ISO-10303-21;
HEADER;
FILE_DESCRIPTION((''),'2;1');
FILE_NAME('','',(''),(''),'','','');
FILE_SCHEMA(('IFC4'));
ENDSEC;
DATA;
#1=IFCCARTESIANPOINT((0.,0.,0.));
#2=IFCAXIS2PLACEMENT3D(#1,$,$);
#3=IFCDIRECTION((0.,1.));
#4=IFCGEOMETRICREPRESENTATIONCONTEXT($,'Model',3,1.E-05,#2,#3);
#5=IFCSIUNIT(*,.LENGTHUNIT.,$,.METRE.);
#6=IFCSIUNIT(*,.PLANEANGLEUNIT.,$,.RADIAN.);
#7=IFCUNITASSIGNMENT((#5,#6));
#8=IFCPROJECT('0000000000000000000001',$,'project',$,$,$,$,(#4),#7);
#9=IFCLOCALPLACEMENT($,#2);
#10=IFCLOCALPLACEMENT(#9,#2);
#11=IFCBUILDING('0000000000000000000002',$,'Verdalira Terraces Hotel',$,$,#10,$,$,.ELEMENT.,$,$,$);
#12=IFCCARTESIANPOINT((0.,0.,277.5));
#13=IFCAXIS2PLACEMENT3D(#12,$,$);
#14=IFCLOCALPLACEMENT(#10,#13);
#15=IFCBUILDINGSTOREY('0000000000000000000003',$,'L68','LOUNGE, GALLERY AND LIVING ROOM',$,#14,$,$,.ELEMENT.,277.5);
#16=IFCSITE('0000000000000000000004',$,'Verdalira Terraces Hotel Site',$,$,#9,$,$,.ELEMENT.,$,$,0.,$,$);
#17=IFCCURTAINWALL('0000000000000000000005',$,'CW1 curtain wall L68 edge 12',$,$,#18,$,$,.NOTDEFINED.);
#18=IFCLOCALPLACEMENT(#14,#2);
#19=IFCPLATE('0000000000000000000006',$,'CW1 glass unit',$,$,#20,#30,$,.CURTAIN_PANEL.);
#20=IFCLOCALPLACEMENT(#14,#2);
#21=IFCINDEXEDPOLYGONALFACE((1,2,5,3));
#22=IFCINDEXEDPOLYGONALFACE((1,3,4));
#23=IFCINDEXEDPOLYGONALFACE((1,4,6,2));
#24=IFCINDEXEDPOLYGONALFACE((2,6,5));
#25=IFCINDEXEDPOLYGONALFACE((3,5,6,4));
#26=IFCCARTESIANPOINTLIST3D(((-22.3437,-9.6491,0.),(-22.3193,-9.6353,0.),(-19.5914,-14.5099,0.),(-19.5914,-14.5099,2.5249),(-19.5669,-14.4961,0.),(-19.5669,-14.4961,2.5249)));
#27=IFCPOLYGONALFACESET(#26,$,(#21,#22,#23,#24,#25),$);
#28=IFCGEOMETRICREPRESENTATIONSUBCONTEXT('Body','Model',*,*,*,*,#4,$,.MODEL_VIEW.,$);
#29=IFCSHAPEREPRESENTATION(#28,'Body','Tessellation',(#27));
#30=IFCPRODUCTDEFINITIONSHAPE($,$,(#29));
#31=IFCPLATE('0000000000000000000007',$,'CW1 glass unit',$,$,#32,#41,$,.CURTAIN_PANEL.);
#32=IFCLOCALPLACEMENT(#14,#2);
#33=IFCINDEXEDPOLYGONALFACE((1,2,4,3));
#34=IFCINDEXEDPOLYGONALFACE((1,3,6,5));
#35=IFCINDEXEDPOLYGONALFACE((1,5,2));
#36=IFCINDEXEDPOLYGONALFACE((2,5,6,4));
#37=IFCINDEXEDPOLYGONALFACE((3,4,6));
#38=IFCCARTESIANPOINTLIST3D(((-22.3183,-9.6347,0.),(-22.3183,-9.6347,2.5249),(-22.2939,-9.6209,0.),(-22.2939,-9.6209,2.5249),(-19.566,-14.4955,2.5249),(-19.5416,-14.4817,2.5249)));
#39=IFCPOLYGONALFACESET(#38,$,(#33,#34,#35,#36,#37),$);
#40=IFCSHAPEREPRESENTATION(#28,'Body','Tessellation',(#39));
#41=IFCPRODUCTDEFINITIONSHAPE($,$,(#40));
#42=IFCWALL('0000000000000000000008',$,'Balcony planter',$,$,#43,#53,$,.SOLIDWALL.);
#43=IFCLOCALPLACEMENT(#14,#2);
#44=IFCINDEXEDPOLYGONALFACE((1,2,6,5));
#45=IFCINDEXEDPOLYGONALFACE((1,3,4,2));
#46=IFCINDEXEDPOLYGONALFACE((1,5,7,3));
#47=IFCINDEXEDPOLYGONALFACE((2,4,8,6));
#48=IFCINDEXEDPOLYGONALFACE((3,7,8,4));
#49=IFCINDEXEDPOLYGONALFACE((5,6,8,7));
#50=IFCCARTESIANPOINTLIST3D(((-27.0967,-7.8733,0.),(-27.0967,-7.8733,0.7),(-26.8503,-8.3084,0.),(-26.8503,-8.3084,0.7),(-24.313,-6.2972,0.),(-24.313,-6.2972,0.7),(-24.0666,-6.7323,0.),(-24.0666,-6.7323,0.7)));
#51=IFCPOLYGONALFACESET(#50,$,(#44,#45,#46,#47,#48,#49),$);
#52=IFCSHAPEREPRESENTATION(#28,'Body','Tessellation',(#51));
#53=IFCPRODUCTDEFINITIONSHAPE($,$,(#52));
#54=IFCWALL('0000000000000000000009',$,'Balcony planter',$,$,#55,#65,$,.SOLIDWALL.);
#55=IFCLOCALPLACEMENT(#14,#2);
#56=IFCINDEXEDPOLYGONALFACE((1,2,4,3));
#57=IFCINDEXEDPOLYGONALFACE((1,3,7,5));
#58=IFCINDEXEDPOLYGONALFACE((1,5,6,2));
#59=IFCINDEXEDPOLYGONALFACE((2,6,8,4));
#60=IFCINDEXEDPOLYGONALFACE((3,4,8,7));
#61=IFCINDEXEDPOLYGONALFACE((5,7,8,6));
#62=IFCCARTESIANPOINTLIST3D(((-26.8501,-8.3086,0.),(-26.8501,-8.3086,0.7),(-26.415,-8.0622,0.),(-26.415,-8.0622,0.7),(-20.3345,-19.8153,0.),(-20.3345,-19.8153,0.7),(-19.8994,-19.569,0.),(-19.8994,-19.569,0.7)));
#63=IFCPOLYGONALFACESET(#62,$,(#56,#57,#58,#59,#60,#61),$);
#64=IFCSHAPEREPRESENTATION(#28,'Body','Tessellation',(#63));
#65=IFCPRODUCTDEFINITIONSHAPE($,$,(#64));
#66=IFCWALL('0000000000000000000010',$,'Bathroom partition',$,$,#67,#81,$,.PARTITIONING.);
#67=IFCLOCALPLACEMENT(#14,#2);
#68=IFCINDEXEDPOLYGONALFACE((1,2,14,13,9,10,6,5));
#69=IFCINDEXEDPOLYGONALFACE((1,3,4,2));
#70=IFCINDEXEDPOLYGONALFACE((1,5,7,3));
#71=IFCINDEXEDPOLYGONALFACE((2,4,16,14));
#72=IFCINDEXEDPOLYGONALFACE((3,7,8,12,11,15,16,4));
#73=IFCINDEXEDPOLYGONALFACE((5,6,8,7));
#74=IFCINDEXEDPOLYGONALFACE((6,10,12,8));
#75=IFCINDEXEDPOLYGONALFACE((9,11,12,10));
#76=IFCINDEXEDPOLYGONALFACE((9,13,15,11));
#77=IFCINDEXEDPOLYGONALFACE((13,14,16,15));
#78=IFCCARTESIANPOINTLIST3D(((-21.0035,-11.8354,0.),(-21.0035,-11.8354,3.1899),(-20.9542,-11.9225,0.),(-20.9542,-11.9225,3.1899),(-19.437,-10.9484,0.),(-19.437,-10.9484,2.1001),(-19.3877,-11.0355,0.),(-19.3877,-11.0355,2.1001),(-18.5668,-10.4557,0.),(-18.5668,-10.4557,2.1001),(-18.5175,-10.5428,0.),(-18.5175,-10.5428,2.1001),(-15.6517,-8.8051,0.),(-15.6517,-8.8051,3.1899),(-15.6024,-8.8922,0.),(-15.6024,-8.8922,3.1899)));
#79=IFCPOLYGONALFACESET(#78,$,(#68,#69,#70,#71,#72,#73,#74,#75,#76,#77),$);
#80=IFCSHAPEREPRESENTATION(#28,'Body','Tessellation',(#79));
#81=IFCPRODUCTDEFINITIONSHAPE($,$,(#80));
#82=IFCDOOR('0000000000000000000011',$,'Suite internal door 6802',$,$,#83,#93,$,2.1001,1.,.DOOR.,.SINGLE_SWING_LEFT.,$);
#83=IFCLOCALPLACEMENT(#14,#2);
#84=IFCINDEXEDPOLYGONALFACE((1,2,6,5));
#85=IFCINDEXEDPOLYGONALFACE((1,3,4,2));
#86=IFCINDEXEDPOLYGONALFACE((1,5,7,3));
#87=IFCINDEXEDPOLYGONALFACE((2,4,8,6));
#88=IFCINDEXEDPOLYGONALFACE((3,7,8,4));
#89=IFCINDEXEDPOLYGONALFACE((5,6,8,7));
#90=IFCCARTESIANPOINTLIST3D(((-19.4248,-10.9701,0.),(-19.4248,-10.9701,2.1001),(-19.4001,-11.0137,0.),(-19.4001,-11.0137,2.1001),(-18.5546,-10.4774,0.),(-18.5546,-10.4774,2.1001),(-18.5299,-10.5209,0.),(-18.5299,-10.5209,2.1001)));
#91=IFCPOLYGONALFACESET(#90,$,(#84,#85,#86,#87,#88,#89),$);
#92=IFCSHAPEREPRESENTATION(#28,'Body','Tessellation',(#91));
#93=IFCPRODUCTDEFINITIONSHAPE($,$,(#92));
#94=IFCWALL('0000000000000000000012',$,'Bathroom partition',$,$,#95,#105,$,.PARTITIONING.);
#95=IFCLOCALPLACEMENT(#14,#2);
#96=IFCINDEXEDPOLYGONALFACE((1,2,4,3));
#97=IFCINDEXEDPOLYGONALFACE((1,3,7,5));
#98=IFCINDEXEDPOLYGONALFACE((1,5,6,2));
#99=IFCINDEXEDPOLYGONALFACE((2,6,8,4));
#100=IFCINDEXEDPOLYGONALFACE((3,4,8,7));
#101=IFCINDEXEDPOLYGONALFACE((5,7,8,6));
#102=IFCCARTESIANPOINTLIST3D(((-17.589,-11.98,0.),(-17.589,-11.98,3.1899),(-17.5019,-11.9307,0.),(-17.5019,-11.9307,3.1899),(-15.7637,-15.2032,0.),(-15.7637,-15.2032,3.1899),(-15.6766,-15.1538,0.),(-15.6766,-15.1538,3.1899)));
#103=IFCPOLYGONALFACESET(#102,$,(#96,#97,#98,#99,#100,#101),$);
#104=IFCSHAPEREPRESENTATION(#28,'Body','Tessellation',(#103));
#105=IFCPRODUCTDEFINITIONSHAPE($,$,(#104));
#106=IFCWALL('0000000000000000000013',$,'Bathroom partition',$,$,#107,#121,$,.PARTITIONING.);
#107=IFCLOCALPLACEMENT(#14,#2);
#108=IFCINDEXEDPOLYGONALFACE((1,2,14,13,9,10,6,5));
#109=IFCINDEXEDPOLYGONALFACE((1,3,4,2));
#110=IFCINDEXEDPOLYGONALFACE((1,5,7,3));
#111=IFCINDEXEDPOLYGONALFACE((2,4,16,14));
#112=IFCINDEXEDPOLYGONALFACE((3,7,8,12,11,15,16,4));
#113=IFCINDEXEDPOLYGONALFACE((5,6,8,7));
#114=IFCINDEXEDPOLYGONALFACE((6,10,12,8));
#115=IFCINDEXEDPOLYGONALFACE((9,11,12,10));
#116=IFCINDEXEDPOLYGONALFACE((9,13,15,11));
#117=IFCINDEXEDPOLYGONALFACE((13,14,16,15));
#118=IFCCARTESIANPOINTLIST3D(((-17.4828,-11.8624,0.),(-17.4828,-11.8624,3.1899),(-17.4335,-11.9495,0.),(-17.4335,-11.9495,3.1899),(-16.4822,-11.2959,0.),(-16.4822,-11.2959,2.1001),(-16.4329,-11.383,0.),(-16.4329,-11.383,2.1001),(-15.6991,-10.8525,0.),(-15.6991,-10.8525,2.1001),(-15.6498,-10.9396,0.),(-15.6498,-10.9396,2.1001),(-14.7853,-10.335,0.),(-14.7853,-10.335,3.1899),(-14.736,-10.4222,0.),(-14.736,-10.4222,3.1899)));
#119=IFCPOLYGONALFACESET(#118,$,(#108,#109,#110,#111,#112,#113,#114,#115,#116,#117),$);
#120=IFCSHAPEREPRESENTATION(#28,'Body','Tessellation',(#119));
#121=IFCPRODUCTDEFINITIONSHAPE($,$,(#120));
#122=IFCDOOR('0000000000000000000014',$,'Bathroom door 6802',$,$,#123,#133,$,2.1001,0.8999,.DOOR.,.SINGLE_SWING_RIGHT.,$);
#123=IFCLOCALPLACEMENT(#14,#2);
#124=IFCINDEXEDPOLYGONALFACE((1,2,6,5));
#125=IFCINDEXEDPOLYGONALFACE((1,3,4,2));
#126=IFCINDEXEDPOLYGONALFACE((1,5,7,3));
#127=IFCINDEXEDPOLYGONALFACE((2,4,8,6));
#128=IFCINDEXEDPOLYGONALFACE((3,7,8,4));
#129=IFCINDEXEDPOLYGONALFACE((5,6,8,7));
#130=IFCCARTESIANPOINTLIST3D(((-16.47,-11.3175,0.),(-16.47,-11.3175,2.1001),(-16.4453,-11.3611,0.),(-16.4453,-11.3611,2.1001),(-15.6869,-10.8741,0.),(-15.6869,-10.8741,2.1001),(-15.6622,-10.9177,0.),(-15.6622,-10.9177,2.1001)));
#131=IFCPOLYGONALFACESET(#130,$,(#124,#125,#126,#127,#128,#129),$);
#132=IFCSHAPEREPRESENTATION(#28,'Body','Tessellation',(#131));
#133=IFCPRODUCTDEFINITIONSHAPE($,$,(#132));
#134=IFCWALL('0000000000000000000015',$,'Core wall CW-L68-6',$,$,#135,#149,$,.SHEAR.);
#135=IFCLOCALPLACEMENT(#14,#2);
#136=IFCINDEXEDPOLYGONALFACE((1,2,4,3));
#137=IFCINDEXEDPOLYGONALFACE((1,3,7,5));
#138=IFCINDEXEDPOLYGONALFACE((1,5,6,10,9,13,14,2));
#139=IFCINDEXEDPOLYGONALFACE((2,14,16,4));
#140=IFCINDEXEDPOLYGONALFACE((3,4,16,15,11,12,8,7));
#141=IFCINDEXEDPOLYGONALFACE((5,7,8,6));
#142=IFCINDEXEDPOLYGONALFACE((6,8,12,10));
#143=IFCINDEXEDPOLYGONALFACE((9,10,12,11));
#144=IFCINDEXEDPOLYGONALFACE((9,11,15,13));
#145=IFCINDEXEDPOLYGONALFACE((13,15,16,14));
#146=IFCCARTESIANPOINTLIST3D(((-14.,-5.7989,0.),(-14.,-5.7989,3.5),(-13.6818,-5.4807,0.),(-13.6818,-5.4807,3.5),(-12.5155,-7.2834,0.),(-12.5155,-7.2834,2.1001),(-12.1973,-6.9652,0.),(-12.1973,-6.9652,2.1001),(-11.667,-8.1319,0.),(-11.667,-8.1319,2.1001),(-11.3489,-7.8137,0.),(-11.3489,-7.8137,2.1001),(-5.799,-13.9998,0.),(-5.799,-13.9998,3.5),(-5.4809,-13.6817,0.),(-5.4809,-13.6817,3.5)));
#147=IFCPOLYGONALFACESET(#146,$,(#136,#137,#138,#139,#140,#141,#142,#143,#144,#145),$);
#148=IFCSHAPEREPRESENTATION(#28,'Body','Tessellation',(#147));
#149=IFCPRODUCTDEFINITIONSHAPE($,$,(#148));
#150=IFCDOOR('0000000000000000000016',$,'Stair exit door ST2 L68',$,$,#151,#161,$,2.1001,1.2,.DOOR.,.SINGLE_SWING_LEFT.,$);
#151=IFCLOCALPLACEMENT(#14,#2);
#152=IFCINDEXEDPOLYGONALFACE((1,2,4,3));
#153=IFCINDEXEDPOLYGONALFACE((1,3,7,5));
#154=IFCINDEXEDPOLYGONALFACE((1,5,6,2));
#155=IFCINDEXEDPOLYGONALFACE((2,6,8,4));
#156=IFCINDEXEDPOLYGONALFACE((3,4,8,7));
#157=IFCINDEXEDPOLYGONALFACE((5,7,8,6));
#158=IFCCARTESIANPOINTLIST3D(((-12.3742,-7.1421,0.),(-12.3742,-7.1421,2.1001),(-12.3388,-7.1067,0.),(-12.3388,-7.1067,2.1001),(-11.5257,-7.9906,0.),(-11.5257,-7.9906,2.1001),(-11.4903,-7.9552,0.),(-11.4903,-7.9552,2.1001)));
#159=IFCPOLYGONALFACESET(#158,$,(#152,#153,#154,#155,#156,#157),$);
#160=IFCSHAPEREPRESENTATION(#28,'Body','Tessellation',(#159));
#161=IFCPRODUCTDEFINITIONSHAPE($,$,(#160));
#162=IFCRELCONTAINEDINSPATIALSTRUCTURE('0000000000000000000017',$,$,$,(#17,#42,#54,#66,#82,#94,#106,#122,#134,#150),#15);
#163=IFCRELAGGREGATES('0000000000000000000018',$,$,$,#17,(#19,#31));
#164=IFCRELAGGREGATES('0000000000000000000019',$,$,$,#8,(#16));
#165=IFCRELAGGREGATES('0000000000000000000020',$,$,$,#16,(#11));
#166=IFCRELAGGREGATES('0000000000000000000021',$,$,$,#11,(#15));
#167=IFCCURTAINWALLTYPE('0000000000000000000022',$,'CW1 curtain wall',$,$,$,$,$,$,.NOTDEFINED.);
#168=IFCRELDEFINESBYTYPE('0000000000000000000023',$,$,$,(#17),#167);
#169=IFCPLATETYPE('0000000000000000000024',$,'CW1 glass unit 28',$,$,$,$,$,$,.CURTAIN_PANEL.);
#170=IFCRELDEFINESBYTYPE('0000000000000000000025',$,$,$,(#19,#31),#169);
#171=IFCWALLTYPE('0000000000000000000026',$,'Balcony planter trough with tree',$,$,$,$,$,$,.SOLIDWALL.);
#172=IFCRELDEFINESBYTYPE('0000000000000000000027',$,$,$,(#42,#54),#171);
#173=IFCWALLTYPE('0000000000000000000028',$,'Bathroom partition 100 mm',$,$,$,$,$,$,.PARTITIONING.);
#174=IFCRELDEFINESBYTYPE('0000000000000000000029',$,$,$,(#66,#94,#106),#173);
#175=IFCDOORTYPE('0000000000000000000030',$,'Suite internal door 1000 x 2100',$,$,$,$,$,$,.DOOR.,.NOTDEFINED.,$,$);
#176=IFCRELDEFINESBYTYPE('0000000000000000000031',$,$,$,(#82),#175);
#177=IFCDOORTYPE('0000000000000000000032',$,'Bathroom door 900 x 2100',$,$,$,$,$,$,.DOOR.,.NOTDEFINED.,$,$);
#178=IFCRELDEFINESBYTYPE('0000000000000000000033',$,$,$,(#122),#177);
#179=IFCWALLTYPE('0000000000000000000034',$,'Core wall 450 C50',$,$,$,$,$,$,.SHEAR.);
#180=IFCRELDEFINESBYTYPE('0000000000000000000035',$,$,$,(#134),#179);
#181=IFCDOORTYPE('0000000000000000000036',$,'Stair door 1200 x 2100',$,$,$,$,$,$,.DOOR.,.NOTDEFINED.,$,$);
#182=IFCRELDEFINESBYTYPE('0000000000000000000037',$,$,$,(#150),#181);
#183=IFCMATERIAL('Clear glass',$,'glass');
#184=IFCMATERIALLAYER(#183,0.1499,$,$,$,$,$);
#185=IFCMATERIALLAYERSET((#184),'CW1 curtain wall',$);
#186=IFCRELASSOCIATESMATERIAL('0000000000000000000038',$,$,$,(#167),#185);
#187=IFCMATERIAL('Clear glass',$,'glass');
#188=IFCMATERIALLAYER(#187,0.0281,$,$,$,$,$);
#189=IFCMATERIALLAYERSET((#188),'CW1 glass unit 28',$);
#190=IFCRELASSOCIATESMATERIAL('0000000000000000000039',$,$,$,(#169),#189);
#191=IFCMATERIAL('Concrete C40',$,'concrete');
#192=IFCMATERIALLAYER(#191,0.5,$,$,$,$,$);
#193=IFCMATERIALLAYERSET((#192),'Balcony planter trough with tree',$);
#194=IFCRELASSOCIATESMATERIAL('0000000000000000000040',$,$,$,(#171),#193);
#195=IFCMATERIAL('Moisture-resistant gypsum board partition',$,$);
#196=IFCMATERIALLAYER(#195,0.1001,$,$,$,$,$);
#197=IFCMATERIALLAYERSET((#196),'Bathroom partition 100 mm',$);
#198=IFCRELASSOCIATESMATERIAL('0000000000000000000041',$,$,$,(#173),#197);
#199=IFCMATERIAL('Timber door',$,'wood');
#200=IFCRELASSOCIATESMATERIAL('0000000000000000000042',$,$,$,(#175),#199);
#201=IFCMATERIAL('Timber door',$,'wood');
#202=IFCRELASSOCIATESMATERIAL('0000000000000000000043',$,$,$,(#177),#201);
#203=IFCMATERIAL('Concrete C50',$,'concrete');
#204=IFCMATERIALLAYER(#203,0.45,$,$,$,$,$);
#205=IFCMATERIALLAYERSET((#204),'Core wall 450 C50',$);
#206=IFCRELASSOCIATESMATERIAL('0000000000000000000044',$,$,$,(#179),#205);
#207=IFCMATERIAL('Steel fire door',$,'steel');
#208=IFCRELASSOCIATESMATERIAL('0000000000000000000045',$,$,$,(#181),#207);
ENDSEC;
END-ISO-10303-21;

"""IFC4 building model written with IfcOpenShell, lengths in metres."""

from ifc_helpers import new_model, si_unit, direction, frame, frame_2d, origin, place, context, subcontext, project, spatial, polyline, rectangle, outline, extrude, material, layer, layer_set, type_object, element, fill, aggregate, save


model = new_model("IFC4")

# Units and contexts
model_context = context("Model", 3, precision=1e-05, world=origin(), true_north=direction((0.0, 1.0)))
body_context = subcontext(model_context, "Body", "Model", "MODEL_VIEW")
ifc_project = project(units=[si_unit("LENGTHUNIT", "METRE"), si_unit("PLANEANGLEUNIT", "RADIAN")], contexts=[model_context])

# Site, building, storey
site_placement = place(None, origin())
site = spatial("IfcSite", under=ifc_project, at=site_placement, Name="Verdalira Terraces Hotel Site", CompositionType="ELEMENT", RefElevation=0.0)
building_placement = place(site_placement, origin())
building = spatial("IfcBuilding", under=site, at=building_placement, Name="Verdalira Terraces Hotel", CompositionType="ELEMENT")
storey_placement = place(building_placement, frame((0.0, 0.0, 277.5)))
storey = spatial("IfcBuildingStorey", under=building, at=storey_placement, Name="L68", Description="LOUNGE, GALLERY AND LIVING ROOM", CompositionType="ELEMENT", Elevation=277.5)

# Curtain wall
ifc_material_1 = material(Name="Clear glass", Category="glass")
ifc_layer_1 = layer(ifc_material_1, 0.1499)
ifc_layer_set_1 = layer_set([ifc_layer_1], Name="CW1 curtain wall")
curtain_wall_type = type_object("IfcCurtainWallType", Name="CW1 curtain wall", PredefinedType="NOTDEFINED", material=ifc_layer_set_1)
curtain_wall_placement = place(storey_placement, origin())
curtain_wall = element("IfcCurtainWall", 1, at=curtain_wall_placement, inside=storey, type_object=curtain_wall_type, Name="CW1 curtain wall L68 edge 12", PredefinedType="NOTDEFINED")

# Plates
ifc_material_2 = material(Name="Clear glass", Category="glass")
ifc_layer_2 = layer(ifc_material_2, 0.0281)
ifc_layer_set_2 = layer_set([ifc_layer_2], Name="CW1 glass unit 28")
plate_type = type_object("IfcPlateType", Name="CW1 glass unit 28", PredefinedType="CURTAIN_PANEL", material=ifc_layer_set_2)
plate_1_placement = place(storey_placement, frame((-20.9431, -12.0657, 1.2625), z_axis=(-0.870184, -0.492727, 0.0), x_axis=(0.492727, -0.870184, 0.0)))
plate_1 = element("IfcPlate", 2, at=plate_1_placement, type_object=plate_type, Name="CW1 glass unit", PredefinedType="CURTAIN_PANEL", context=body_context, shape_type="SweptSolid", body=[
    extrude(outline(polyline([(-2.793, -1.2625), (2.793, -1.2625), (2.793, 1.2625), (-2.793, -1.2625)])), origin(), (0.0, 0.0, 1.0), 0.0281),
])
plate_2_placement = place(storey_placement, frame((-20.9177, -12.0513, 1.2625), z_axis=(-0.870184, -0.492727, 0.0), x_axis=(0.492727, -0.870184, 0.0)))
plate_2 = element("IfcPlate", 3, at=plate_2_placement, type_object=plate_type, Name="CW1 glass unit", PredefinedType="CURTAIN_PANEL", context=body_context, shape_type="SweptSolid", body=[
    extrude(outline(polyline([(-2.793, -1.2625), (2.793, 1.2625), (-2.793, 1.2625), (-2.793, -1.2625)])), origin(), (0.0, 0.0, 1.0), 0.0281),
])
aggregate(curtain_wall, [plate_1, plate_2])

# Walls
ifc_material_3 = material(Name="Concrete C40", Category="concrete")
ifc_layer_3 = layer(ifc_material_3, 0.5)
ifc_layer_set_3 = layer_set([ifc_layer_3], Name="Balcony planter trough with tree")
wall_type_1 = type_object("IfcWallType", Name="Balcony planter trough with tree", PredefinedType="SOLIDWALL", material=ifc_layer_set_3)
wall_1_placement = place(storey_placement, frame((-24.1897, -6.5146, 0.0), z_axis=(0.0, 0.0, 1.0), x_axis=(-0.87019, -0.492716, 0.0)))
element("IfcWall", 4, at=wall_1_placement, inside=storey, type_object=wall_type_1, Name="Balcony planter", PredefinedType="SOLIDWALL", context=body_context, shape_type="SweptSolid", body=[
    extrude(rectangle(XDim=3.199, YDim=0.5, at=frame_2d((1.5996, 0.0))), origin(), (0.0, 0.0, 1.0), 0.7),
])
wall_2_placement = place(storey_placement, frame((-26.6326, -8.1853, 0.0), z_axis=(0.0, 0.0, 1.0), x_axis=(0.492731, -0.870182, 0.0)))
element("IfcWall", 5, at=wall_2_placement, inside=storey, type_object=wall_type_1, Name="Balcony planter", PredefinedType="SOLIDWALL", context=body_context, shape_type="SweptSolid", body=[
    extrude(rectangle(XDim=13.2234, YDim=0.5, at=frame_2d((6.6118, 0.0))), origin(), (0.0, 0.0, 1.0), 0.7),
])

# Wall, opening, door
ifc_material_4 = material(Name="Moisture-resistant gypsum board partition")
ifc_layer_4 = layer(ifc_material_4, 0.1001)
ifc_layer_set_4 = layer_set([ifc_layer_4], Name="Bathroom partition 100 mm")
wall_type_2 = type_object("IfcWallType", Name="Bathroom partition 100 mm", PredefinedType="PARTITIONING", material=ifc_layer_set_4)
wall_3_placement = place(storey_placement, frame((-15.627, -8.8486, 0.0), z_axis=(0.0, 0.0, 1.0), x_axis=(-0.870191, -0.492715, 0.0)))
wall_3 = element("IfcWall", 6, at=wall_3_placement, inside=storey, type_object=wall_type_2, Name="Bathroom partition", PredefinedType="PARTITIONING", context=body_context, shape_type="SweptSolid", body=[
    extrude(rectangle(XDim=6.1501, YDim=0.1001, at=frame_2d((3.0752, 0.0))), origin(), (0.0, 0.0, 1.0), 3.1899),
])
opening_1_placement = place(wall_3_placement, frame((3.3501, 0.0, 0.0)))
opening_1 = element("IfcOpeningElement", 7, at=opening_1_placement, cuts=wall_3, PredefinedType="OPENING", context=body_context, shape_type="SweptSolid", body=[
    extrude(rectangle(XDim=1.0, YDim=2.1001, at=frame_2d((0.5, 1.05))), frame((0.0, 0.0601, 0.0), z_axis=(0.0, -1.0, 0.0), x_axis=(1.0, 0.0, 0.0)), (0.0, 0.0, 1.0), 0.1201),
])
ifc_material_5 = material(Name="Timber door", Category="wood")
door_type_1 = type_object("IfcDoorType", Name="Suite internal door 1000 x 2100", OperationType="NOTDEFINED", PredefinedType="DOOR", material=ifc_material_5)
door_1_placement = place(opening_1_placement, origin())
door_1 = element("IfcDoor", 8, at=door_1_placement, inside=storey, type_object=door_type_1, Name="Suite internal door 6802", OperationType="SINGLE_SWING_LEFT", OverallHeight=2.1001, OverallWidth=1.0, PredefinedType="DOOR", context=body_context, shape_type="SweptSolid", body=[
    extrude(rectangle(XDim=1.0, YDim=2.1001, at=frame_2d((0.5, 1.05))), frame((0.0, 0.0249, 0.0), z_axis=(0.0, -1.0, 0.0), x_axis=(1.0, 0.0, 0.0)), (0.0, 0.0, 1.0), 0.05),
])
fill(opening_1, door_1)

# Wall
wall_4_placement = place(storey_placement, frame((-17.5454, -11.9553, 0.0), z_axis=(0.0, 0.0, 1.0), x_axis=(0.492756, -0.870167, 0.0)))
element("IfcWall", 9, at=wall_4_placement, inside=storey, type_object=wall_type_2, Name="Bathroom partition", PredefinedType="PARTITIONING", context=body_context, shape_type="SweptSolid", body=[
    extrude(rectangle(XDim=3.7041, YDim=0.1001, at=frame_2d((1.8521, 0.0))), origin(), (0.0, 0.0, 1.0), 3.1899),
])

# Walls, openings, doors
wall_5_placement = place(storey_placement, frame((-14.7607, -10.3787, 0.0), z_axis=(0.0, 0.0, 1.0), x_axis=(-0.870194, -0.492709, 0.0)))
wall_5 = element("IfcWall", 10, at=wall_5_placement, inside=storey, type_object=wall_type_2, Name="Bathroom partition", PredefinedType="PARTITIONING", context=body_context, shape_type="SweptSolid", body=[
    extrude(rectangle(XDim=3.0999, YDim=0.1001, at=frame_2d((1.5498, 0.0))), origin(), (0.0, 0.0, 1.0), 3.1899),
])
opening_2_placement = place(wall_5_placement, frame((1.05, 0.0, 0.0)))
opening_2 = element("IfcOpeningElement", 11, at=opening_2_placement, cuts=wall_5, PredefinedType="OPENING", context=body_context, shape_type="SweptSolid", body=[
    extrude(rectangle(XDim=0.8999, YDim=2.1001, at=frame_2d((0.45, 1.05))), frame((0.0, 0.0601, 0.0), z_axis=(0.0, -1.0, 0.0), x_axis=(1.0, 0.0, 0.0)), (0.0, 0.0, 1.0), 0.1201),
])
ifc_material_6 = material(Name="Timber door", Category="wood")
door_type_2 = type_object("IfcDoorType", Name="Bathroom door 900 x 2100", OperationType="NOTDEFINED", PredefinedType="DOOR", material=ifc_material_6)
door_2_placement = place(opening_2_placement, origin())
door_2 = element("IfcDoor", 12, at=door_2_placement, inside=storey, type_object=door_type_2, Name="Bathroom door 6802", OperationType="SINGLE_SWING_RIGHT", OverallHeight=2.1001, OverallWidth=0.8999, PredefinedType="DOOR", context=body_context, shape_type="SweptSolid", body=[
    extrude(rectangle(XDim=0.8999, YDim=2.1001, at=frame_2d((0.45, 1.05))), frame((0.0, 0.0249, 0.0), z_axis=(0.0, -1.0, 0.0), x_axis=(1.0, 0.0, 0.0)), (0.0, 0.0, 1.0), 0.05),
])
fill(opening_2, door_2)
ifc_material_7 = material(Name="Concrete C50", Category="concrete")
ifc_layer_5 = layer(ifc_material_7, 0.45)
ifc_layer_set_5 = layer_set([ifc_layer_5], Name="Core wall 450 C50")
wall_type_3 = type_object("IfcWallType", Name="Core wall 450 C50", PredefinedType="SHEAR", material=ifc_layer_set_5)
wall_6_placement = place(storey_placement, frame((-13.8408, -5.6399, 0.0), z_axis=(0.0, 0.0, 1.0), x_axis=(0.707107, -0.707107, 0.0)))
wall_6 = element("IfcWall", 13, at=wall_6_placement, inside=storey, type_object=wall_type_3, Name="Core wall CW-L68-6", PredefinedType="SHEAR", context=body_context, shape_type="SweptSolid", body=[
    extrude(rectangle(XDim=11.5979, YDim=0.45, at=frame_2d((5.7988, 0.0))), origin(), (0.0, 0.0, 1.0), 3.5),
])
opening_3_placement = place(wall_6_placement, frame((2.0991, 0.0, 0.0)))
opening_3 = element("IfcOpeningElement", 14, at=opening_3_placement, cuts=wall_6, PredefinedType="OPENING", context=body_context, shape_type="SweptSolid", body=[
    extrude(rectangle(XDim=1.2, YDim=2.1001, at=frame_2d((0.6001, 1.05))), frame((0.0, 0.2349, 0.0), z_axis=(0.0, -1.0, 0.0), x_axis=(1.0, 0.0, 0.0)), (0.0, 0.0, 1.0), 0.47),
])
ifc_material_8 = material(Name="Steel fire door", Category="steel")
door_type_3 = type_object("IfcDoorType", Name="Stair door 1200 x 2100", OperationType="NOTDEFINED", PredefinedType="DOOR", material=ifc_material_8)
door_3_placement = place(opening_3_placement, origin())
door_3 = element("IfcDoor", 15, at=door_3_placement, inside=storey, type_object=door_type_3, Name="Stair exit door ST2 L68", OperationType="SINGLE_SWING_LEFT", OverallHeight=2.1001, OverallWidth=1.2, PredefinedType="DOOR", context=body_context, shape_type="SweptSolid", body=[
    extrude(rectangle(XDim=1.2, YDim=2.1001, at=frame_2d((0.6001, 1.05))), frame((0.0, 0.0249, 0.0), z_axis=(0.0, -1.0, 0.0), x_axis=(1.0, 0.0, 0.0)), (0.0, 0.0, 1.0), 0.05),
])
fill(opening_3, door_3)

save(model, "model.ifc")
